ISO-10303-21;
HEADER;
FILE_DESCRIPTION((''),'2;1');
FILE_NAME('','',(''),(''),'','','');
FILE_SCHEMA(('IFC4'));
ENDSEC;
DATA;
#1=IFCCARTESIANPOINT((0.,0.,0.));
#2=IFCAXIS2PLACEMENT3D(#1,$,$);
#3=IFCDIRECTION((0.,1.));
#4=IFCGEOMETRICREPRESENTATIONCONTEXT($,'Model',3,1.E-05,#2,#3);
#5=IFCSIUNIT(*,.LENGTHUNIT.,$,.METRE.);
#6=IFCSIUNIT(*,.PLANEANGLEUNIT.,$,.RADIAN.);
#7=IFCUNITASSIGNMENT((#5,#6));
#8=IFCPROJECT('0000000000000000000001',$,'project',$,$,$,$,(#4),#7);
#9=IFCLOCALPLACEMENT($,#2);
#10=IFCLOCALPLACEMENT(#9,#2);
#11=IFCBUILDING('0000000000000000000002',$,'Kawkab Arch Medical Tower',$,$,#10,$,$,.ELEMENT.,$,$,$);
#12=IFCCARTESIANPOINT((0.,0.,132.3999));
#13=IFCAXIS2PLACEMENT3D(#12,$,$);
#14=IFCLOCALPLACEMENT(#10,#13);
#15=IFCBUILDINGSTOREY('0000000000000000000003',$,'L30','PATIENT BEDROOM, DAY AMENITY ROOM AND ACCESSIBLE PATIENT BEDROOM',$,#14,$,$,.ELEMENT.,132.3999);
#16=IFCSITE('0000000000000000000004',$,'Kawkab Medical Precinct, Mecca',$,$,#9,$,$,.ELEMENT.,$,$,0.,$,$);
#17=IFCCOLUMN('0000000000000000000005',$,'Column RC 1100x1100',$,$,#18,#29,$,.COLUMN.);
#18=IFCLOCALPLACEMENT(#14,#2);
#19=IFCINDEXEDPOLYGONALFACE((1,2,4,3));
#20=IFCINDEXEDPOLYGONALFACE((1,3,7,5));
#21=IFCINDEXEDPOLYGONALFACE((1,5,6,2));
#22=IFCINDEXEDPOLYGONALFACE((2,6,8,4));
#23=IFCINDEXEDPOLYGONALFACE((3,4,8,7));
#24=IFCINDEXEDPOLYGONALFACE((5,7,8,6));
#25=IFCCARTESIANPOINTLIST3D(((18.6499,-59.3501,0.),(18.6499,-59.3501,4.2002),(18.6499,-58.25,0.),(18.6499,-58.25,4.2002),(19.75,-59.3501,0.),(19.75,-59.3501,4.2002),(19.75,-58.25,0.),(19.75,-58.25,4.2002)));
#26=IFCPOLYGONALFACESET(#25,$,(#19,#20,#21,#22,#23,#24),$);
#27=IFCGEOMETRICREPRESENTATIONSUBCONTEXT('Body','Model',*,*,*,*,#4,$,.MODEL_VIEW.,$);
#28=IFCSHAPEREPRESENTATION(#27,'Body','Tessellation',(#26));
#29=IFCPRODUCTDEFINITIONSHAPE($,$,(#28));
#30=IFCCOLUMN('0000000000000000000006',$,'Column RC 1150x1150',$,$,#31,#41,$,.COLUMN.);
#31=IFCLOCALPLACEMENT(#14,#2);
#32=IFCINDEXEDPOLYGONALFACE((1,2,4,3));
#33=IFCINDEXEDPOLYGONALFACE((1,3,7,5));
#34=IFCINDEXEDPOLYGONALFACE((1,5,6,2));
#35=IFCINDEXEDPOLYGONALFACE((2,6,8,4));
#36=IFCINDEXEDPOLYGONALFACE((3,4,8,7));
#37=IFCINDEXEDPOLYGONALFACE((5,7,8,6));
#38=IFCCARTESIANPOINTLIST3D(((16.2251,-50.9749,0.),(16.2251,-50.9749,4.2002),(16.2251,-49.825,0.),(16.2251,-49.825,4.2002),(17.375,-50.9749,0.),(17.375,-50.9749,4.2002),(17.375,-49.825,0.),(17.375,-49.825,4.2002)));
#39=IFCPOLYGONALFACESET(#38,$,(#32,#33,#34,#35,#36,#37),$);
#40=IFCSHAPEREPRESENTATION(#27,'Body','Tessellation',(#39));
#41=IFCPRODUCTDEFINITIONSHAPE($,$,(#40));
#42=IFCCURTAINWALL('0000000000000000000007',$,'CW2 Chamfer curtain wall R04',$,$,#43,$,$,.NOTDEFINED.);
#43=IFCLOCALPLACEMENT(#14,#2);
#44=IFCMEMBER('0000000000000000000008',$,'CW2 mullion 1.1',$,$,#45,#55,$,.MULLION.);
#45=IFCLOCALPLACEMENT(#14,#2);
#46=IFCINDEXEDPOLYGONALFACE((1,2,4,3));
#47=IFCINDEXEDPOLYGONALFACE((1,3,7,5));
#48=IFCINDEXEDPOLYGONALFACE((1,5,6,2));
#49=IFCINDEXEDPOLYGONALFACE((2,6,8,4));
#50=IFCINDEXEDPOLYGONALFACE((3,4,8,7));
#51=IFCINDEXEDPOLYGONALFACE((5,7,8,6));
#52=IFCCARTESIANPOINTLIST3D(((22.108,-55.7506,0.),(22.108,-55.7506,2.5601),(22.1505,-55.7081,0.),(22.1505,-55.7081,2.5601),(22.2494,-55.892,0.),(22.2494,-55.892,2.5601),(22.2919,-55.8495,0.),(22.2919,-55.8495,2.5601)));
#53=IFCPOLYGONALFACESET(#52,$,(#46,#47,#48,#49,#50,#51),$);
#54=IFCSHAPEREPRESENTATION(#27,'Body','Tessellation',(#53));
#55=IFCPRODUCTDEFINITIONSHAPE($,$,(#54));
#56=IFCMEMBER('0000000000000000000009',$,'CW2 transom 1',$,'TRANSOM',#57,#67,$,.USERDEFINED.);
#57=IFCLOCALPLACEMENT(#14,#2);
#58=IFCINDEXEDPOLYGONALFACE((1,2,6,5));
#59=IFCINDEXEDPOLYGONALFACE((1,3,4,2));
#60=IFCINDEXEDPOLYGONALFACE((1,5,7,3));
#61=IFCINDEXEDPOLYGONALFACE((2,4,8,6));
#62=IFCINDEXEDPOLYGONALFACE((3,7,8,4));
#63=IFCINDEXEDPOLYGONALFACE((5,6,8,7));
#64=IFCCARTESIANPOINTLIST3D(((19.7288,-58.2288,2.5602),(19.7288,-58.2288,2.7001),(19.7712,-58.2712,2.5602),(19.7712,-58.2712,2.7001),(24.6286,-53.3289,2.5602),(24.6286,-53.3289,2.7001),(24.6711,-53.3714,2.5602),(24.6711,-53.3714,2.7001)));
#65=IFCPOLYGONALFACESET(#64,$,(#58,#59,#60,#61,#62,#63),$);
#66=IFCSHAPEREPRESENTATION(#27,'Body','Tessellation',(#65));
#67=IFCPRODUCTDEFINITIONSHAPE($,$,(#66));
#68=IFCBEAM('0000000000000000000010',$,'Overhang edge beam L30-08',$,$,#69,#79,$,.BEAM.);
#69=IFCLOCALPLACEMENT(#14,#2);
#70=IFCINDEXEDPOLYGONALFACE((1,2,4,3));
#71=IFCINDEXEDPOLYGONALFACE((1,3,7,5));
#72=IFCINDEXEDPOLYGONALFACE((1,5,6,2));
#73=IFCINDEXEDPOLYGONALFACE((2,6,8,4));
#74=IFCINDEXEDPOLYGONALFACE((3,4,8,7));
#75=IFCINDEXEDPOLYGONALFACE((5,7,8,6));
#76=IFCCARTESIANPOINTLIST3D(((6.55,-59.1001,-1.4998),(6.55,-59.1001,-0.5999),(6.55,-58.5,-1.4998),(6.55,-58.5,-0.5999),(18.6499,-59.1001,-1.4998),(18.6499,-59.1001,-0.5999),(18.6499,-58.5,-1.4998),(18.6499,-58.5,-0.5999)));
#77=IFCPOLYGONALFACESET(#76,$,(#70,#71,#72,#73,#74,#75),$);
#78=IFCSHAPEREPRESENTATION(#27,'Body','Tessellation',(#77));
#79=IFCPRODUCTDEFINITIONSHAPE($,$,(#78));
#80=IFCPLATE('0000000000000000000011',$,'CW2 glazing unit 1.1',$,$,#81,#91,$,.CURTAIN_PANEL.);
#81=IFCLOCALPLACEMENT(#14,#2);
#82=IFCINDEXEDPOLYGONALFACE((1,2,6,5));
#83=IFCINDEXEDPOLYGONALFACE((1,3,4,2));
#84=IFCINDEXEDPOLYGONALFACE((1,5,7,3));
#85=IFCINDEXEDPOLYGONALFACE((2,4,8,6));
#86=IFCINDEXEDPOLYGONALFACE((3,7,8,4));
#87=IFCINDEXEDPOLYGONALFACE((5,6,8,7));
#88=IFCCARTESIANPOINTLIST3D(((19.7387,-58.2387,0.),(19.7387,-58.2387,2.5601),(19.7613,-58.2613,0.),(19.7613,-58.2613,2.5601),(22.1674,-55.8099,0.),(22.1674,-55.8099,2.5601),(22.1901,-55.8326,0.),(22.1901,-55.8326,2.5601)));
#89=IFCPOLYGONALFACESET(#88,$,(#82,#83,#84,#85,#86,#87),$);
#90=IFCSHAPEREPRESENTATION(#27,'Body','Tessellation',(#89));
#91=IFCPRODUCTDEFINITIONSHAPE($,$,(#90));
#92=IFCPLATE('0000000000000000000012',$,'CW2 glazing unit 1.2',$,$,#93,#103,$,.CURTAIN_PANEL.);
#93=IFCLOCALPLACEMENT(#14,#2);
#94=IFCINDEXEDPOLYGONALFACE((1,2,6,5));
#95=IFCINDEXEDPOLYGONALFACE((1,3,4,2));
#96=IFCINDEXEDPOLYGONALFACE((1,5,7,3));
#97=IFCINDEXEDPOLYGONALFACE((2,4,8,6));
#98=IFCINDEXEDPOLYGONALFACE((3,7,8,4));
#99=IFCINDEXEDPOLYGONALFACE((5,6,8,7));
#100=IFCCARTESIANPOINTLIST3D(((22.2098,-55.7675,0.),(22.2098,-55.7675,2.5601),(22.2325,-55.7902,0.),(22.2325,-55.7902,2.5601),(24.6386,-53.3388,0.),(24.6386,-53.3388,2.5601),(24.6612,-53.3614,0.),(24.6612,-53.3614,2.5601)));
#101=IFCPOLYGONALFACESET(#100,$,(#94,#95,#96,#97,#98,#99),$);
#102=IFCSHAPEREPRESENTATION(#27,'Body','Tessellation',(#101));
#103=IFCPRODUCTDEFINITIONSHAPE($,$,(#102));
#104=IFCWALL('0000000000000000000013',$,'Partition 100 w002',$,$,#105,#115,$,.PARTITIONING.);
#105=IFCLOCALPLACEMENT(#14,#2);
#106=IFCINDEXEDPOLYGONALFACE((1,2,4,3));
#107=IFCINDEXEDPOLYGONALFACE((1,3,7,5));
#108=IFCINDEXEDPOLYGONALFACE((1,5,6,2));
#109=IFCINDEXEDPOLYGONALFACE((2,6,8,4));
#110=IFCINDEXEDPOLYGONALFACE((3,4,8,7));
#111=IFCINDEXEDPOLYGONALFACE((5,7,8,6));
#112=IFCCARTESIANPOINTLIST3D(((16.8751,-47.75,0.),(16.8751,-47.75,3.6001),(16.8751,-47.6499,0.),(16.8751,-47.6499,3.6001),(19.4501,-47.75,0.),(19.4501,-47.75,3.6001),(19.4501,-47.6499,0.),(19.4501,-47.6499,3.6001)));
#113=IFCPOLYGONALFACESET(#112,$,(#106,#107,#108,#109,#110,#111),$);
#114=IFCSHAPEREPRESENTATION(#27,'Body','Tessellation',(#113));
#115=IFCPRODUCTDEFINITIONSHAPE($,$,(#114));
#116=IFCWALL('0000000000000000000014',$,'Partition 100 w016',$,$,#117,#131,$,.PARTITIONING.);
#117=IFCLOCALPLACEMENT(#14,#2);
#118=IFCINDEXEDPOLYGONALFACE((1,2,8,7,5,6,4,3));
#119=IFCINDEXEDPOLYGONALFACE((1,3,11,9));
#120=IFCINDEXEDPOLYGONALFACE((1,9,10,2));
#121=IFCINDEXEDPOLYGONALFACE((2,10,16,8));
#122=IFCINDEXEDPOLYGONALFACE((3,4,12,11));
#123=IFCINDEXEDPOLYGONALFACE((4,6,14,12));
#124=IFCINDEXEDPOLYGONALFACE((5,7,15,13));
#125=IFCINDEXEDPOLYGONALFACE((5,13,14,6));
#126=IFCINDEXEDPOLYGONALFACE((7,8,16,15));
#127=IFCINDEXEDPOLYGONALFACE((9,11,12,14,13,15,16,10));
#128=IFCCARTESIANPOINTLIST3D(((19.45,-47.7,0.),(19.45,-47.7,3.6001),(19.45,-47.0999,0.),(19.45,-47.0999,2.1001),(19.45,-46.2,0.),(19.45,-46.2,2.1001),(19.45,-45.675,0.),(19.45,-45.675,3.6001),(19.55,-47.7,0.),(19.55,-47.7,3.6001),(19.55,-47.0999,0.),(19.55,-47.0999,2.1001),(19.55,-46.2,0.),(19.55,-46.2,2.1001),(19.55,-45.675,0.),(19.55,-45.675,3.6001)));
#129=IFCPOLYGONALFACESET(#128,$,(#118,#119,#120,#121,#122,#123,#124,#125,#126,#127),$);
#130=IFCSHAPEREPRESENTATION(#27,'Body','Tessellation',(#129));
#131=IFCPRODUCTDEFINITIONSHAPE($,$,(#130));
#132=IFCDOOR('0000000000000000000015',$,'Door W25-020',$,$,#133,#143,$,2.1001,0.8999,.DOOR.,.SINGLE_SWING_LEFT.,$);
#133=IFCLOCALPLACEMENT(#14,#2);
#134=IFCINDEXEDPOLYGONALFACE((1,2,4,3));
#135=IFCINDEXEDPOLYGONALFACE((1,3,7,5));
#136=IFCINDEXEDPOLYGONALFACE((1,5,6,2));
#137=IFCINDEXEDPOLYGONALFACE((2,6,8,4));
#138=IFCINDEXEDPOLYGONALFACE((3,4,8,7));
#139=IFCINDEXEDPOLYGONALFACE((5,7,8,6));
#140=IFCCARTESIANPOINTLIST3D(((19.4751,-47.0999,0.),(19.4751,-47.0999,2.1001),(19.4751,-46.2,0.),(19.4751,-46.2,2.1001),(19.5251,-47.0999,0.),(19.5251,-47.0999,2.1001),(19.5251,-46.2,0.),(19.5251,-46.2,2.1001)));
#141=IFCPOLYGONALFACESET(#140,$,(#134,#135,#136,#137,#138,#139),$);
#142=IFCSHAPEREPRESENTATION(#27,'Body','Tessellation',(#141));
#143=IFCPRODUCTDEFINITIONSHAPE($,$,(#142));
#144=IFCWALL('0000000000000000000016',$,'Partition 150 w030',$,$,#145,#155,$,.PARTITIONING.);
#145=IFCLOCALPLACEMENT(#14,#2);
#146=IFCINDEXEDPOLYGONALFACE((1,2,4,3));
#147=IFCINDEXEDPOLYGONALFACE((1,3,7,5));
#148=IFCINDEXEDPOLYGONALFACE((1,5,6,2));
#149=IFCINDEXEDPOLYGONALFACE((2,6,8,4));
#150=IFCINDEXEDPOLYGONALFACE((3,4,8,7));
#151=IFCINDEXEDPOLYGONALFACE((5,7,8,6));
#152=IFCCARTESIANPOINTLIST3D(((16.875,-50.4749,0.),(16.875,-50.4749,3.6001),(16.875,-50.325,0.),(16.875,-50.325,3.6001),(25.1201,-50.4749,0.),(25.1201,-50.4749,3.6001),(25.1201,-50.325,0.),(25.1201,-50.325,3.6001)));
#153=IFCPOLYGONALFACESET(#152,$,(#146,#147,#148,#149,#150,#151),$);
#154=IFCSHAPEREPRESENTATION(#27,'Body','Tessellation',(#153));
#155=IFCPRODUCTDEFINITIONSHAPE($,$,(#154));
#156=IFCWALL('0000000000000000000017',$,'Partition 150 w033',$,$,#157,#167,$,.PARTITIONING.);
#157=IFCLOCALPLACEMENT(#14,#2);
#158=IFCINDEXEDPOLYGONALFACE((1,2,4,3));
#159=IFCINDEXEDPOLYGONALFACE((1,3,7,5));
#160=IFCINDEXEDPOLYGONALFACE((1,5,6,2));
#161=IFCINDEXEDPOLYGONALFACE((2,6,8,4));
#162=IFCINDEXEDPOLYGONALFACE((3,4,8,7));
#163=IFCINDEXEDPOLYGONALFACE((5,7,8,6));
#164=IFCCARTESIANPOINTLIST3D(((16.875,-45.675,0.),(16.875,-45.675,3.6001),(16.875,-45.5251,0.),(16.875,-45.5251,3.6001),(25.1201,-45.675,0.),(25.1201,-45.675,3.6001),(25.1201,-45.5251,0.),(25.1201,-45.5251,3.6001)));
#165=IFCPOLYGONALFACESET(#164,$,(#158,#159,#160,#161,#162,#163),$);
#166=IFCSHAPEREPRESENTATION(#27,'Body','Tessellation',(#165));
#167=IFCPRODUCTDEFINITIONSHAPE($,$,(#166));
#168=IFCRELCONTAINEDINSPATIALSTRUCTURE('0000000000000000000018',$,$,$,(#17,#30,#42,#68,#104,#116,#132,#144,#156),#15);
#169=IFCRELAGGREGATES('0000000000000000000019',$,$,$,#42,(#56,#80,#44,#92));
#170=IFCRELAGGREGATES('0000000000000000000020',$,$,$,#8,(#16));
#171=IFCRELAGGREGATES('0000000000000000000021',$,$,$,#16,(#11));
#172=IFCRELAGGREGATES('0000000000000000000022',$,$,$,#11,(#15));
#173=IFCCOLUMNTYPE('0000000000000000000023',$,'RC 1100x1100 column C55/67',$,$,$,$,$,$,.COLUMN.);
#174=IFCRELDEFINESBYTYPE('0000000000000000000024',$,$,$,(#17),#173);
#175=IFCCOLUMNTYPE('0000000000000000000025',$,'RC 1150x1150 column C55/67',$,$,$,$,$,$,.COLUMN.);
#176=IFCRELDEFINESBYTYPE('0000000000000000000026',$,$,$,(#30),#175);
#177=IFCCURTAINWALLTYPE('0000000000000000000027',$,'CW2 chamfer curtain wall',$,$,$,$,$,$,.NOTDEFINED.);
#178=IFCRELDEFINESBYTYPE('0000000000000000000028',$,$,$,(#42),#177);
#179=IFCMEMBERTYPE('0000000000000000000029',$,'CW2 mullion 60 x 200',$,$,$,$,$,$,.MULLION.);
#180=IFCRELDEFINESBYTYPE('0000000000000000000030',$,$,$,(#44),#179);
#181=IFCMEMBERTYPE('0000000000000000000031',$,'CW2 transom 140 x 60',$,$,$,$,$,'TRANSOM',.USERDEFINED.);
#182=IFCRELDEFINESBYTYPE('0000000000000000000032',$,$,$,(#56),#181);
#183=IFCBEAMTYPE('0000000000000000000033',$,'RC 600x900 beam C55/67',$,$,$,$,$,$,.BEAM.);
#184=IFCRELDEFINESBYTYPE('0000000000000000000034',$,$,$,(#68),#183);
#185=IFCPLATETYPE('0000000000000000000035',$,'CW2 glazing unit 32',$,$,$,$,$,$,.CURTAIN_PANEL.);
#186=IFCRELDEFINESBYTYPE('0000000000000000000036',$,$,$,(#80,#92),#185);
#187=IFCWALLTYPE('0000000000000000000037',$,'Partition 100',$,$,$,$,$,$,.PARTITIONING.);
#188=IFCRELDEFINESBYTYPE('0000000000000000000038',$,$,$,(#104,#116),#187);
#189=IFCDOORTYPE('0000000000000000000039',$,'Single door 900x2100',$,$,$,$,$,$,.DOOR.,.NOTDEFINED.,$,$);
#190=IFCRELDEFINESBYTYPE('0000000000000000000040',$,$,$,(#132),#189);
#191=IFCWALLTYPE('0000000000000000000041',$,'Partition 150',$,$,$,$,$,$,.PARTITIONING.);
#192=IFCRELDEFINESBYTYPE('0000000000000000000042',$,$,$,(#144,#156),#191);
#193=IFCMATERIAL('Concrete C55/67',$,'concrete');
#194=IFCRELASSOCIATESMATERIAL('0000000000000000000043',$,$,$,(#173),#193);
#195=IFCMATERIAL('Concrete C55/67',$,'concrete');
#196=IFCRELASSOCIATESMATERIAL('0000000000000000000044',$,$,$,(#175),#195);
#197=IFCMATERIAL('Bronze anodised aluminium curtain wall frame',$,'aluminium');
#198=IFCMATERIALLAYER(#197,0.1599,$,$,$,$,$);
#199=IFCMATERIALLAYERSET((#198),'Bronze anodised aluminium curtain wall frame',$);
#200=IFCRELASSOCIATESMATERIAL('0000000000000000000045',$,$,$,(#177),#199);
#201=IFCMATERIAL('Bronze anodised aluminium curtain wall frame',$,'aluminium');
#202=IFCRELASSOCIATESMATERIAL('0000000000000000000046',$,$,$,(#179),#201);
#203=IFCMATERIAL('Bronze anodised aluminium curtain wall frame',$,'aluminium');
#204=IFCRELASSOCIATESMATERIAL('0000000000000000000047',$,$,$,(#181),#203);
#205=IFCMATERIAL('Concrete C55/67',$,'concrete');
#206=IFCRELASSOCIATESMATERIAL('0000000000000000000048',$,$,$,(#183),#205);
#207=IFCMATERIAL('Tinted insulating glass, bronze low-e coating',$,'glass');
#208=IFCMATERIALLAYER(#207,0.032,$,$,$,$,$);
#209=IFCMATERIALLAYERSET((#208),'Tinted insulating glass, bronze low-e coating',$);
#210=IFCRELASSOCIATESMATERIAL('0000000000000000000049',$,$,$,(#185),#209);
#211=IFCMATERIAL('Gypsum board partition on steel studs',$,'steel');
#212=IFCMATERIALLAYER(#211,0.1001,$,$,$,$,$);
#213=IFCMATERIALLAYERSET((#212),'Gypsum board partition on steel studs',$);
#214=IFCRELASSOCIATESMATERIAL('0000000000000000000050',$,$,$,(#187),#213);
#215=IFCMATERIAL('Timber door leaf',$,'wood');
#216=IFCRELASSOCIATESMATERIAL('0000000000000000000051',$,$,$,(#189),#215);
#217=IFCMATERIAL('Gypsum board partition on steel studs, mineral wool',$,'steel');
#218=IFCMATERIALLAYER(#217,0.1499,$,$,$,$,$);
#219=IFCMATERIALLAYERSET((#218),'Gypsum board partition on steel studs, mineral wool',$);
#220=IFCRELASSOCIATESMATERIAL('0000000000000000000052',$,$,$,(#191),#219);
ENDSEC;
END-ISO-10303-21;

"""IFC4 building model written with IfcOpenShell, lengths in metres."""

from ifc_helpers import new_model, si_unit, direction, frame, frame_2d, origin, origin_2d, place, context, subcontext, project, spatial, rectangle, extrude, material, layer, layer_set, material_profile, profile_set, type_object, element, fill, aggregate, save


model = new_model("IFC4")

# Units and contexts
model_context = context("Model", 3, precision=1e-05, world=origin(), true_north=direction((0.0, 1.0)))
body_context = subcontext(model_context, "Body", "Model", "MODEL_VIEW")
ifc_project = project(units=[si_unit("LENGTHUNIT", "METRE"), si_unit("PLANEANGLEUNIT", "RADIAN")], contexts=[model_context])

# Site, building, storey
site_placement = place(None, origin())
site = spatial("IfcSite", under=ifc_project, at=site_placement, Name="Kawkab Medical Precinct, Mecca", CompositionType="ELEMENT", RefElevation=0.0)
building_placement = place(site_placement, origin())
building = spatial("IfcBuilding", under=site, at=building_placement, Name="Kawkab Arch Medical Tower", CompositionType="ELEMENT")
storey_placement = place(building_placement, frame((0.0, 0.0, 132.3999)))
storey = spatial("IfcBuildingStorey", under=building, at=storey_placement, Name="L30", Description="PATIENT BEDROOM, DAY AMENITY ROOM AND ACCESSIBLE PATIENT BEDROOM", CompositionType="ELEMENT", Elevation=132.3999)

# Columns
ifc_material_1 = material(Name="Concrete C55/67", Category="concrete")
ifc_material_profile_1 = material_profile(ifc_material_1, rectangle(XDim=1.1001, YDim=1.1001, at=origin_2d()), Name="RC 1100x1100")
ifc_profile_set_1 = profile_set([ifc_material_profile_1], Name="Concrete C55/67")
column_type_1 = type_object("IfcColumnType", Name="RC 1100x1100 column C55/67", PredefinedType="COLUMN", material=ifc_profile_set_1)
column_1_placement = place(storey_placement, frame((19.2, -58.8, 0.0), z_axis=(0.0, 0.0, 1.0), x_axis=(1.0, 0.0, 0.0)))
element("IfcColumn", 1, at=column_1_placement, inside=storey, type_object=column_type_1, Name="Column RC 1100x1100", PredefinedType="COLUMN", context=body_context, shape_type="SweptSolid", body=[
    extrude(rectangle(XDim=1.1001, YDim=1.1001, at=origin_2d()), origin(), (0.0, 0.0, 1.0), 4.2002),
])
ifc_material_2 = material(Name="Concrete C55/67", Category="concrete")
ifc_material_profile_2 = material_profile(ifc_material_2, rectangle(XDim=1.1499, YDim=1.1499, at=origin_2d()), Name="RC 1150x1150")
ifc_profile_set_2 = profile_set([ifc_material_profile_2], Name="Concrete C55/67")
column_type_2 = type_object("IfcColumnType", Name="RC 1150x1150 column C55/67", PredefinedType="COLUMN", material=ifc_profile_set_2)
column_2_placement = place(storey_placement, frame((16.8, -50.3999, 0.0), z_axis=(0.0, 0.0, 1.0), x_axis=(1.0, 0.0, 0.0)))
element("IfcColumn", 2, at=column_2_placement, inside=storey, type_object=column_type_2, Name="Column RC 1150x1150", PredefinedType="COLUMN", context=body_context, shape_type="SweptSolid", body=[
    extrude(rectangle(XDim=1.1499, YDim=1.1499, at=origin_2d()), origin(), (0.0, 0.0, 1.0), 4.2002),
])

# Curtain wall, members
ifc_material_3 = material(Name="Bronze anodised aluminium curtain wall frame", Category="aluminium")
ifc_layer_1 = layer(ifc_material_3, 0.1599)
ifc_layer_set_1 = layer_set([ifc_layer_1], Name="Bronze anodised aluminium curtain wall frame")
curtain_wall_type = type_object("IfcCurtainWallType", Name="CW2 chamfer curtain wall", PredefinedType="NOTDEFINED", material=ifc_layer_set_1)
curtain_wall_placement = place(storey_placement, origin())
curtain_wall = element("IfcCurtainWall", 3, at=curtain_wall_placement, inside=storey, type_object=curtain_wall_type, Name="CW2 Chamfer curtain wall R04", PredefinedType="NOTDEFINED")
ifc_material_4 = material(Name="Bronze anodised aluminium curtain wall frame", Category="aluminium")
ifc_material_profile_3 = material_profile(ifc_material_4, rectangle(XDim=0.2, YDim=0.0601, at=origin_2d()), Name="AL 60x200")
ifc_profile_set_3 = profile_set([ifc_material_profile_3], Name="Bronze anodised aluminium curtain wall frame")
member_type_1 = type_object("IfcMemberType", Name="CW2 mullion 60 x 200", PredefinedType="MULLION", material=ifc_profile_set_3)
member_1_placement = place(storey_placement, frame((22.2, -55.8, 0.0), z_axis=(0.0, 0.0, 1.0), x_axis=(-0.707107, 0.707107, 0.0)))
member_1 = element("IfcMember", 4, at=member_1_placement, type_object=member_type_1, Name="CW2 mullion 1.1", PredefinedType="MULLION", context=body_context, shape_type="SweptSolid", body=[
    extrude(rectangle(XDim=0.2, YDim=0.0601, at=origin_2d()), origin(), (0.0, 0.0, 1.0), 2.5601),
])
ifc_material_5 = material(Name="Bronze anodised aluminium curtain wall frame", Category="aluminium")
ifc_material_profile_4 = material_profile(ifc_material_5, rectangle(XDim=0.0601, YDim=0.1399, at=origin_2d()), Name="AL 60x140")
ifc_profile_set_4 = profile_set([ifc_material_profile_4], Name="Bronze anodised aluminium curtain wall frame")
member_type_2 = type_object("IfcMemberType", Name="CW2 transom 140 x 60", ElementType="TRANSOM", PredefinedType="USERDEFINED", material=ifc_profile_set_4)
member_2_placement = place(storey_placement, frame((19.75, -58.25, 2.6301), z_axis=(0.707107, 0.707107, 0.0), x_axis=(-0.707107, 0.707107, 0.0)))
member_2 = element("IfcMember", 5, at=member_2_placement, type_object=member_type_2, Name="CW2 transom 1", ObjectType="TRANSOM", PredefinedType="USERDEFINED", context=body_context, shape_type="SweptSolid", body=[
    extrude(rectangle(XDim=0.0601, YDim=0.1399, at=origin_2d()), origin(), (0.0, 0.0, 1.0), 6.9294),
])

# Beam
ifc_material_6 = material(Name="Concrete C55/67", Category="concrete")
ifc_material_profile_5 = material_profile(ifc_material_6, rectangle(XDim=0.6001, YDim=0.8999, at=origin_2d()), Name="RC 600x900")
ifc_profile_set_5 = profile_set([ifc_material_profile_5], Name="Concrete C55/67")
beam_type = type_object("IfcBeamType", Name="RC 600x900 beam C55/67", PredefinedType="BEAM", material=ifc_profile_set_5)
beam_placement = place(storey_placement, frame((18.6499, -58.8, -1.0498), z_axis=(-1.0, 0.0, 0.0), x_axis=(0.0, -1.0, 0.0)))
element("IfcBeam", 6, at=beam_placement, inside=storey, type_object=beam_type, Name="Overhang edge beam L30-08", PredefinedType="BEAM", context=body_context, shape_type="SweptSolid", body=[
    extrude(rectangle(XDim=0.6001, YDim=0.8999, at=origin_2d()), origin(), (0.0, 0.0, 1.0), 12.0999),
])

# Plates
ifc_material_7 = material(Name="Tinted insulating glass, bronze low-e coating", Category="glass")
ifc_layer_2 = layer(ifc_material_7, 0.032)
ifc_layer_set_2 = layer_set([ifc_layer_2], Name="Tinted insulating glass, bronze low-e coating")
plate_type = type_object("IfcPlateType", Name="CW2 glazing unit 32", PredefinedType="CURTAIN_PANEL", material=ifc_layer_set_2)
plate_1_placement = place(storey_placement, frame((20.9644, -57.0356, 0.0), z_axis=(0.0, 0.0, 1.0), x_axis=(0.707107, 0.707107, 0.0)))
plate_1 = element("IfcPlate", 7, at=plate_1_placement, type_object=plate_type, Name="CW2 glazing unit 1.1", PredefinedType="CURTAIN_PANEL", context=body_context, shape_type="SweptSolid", body=[
    extrude(rectangle(XDim=3.4348, YDim=0.032, at=origin_2d()), origin(), (0.0, 0.0, 1.0), 2.5601),
])
plate_2_placement = place(storey_placement, frame((23.4355, -54.5645, 0.0), z_axis=(0.0, 0.0, 1.0), x_axis=(0.707107, 0.707107, 0.0)))
plate_2 = element("IfcPlate", 8, at=plate_2_placement, type_object=plate_type, Name="CW2 glazing unit 1.2", PredefinedType="CURTAIN_PANEL", context=body_context, shape_type="SweptSolid", body=[
    extrude(rectangle(XDim=3.4348, YDim=0.032, at=origin_2d()), origin(), (0.0, 0.0, 1.0), 2.5601),
])
aggregate(curtain_wall, [member_2, plate_1, member_1, plate_2])

# Wall
ifc_material_8 = material(Name="Gypsum board partition on steel studs", Category="steel")
ifc_layer_3 = layer(ifc_material_8, 0.1001)
ifc_layer_set_3 = layer_set([ifc_layer_3], Name="Gypsum board partition on steel studs")
wall_type_1 = type_object("IfcWallType", Name="Partition 100", PredefinedType="PARTITIONING", material=ifc_layer_set_3)
wall_1_placement = place(storey_placement, frame((16.875, -47.7, 0.0), z_axis=(0.0, 0.0, 1.0), x_axis=(1.0, 0.0, 0.0)))
element("IfcWall", 9, at=wall_1_placement, inside=storey, type_object=wall_type_1, Name="Partition 100 w002", PredefinedType="PARTITIONING", context=body_context, shape_type="SweptSolid", body=[
    extrude(rectangle(XDim=2.575, YDim=0.1001, at=frame_2d((1.2876, 0.0))), origin(), (0.0, 0.0, 1.0), 3.6001),
])

# Wall, opening, door
wall_2_placement = place(storey_placement, frame((19.5, -47.7, 0.0), z_axis=(0.0, 0.0, 1.0), x_axis=(0.0, 1.0, 0.0)))
wall_2 = element("IfcWall", 10, at=wall_2_placement, inside=storey, type_object=wall_type_1, Name="Partition 100 w016", PredefinedType="PARTITIONING", context=body_context, shape_type="SweptSolid", body=[
    extrude(rectangle(XDim=2.0249, YDim=0.1001, at=frame_2d((1.0125, 0.0))), origin(), (0.0, 0.0, 1.0), 3.6001),
])
opening_placement = place(wall_2_placement, frame((0.6001, 0.0, 0.0)))
opening = element("IfcOpeningElement", 11, at=opening_placement, cuts=wall_2, PredefinedType="OPENING", context=body_context, shape_type="SweptSolid", body=[
    extrude(rectangle(XDim=0.8999, YDim=2.1001, at=frame_2d((0.45, 1.05))), frame((0.0, 0.0601, 0.0), z_axis=(0.0, -1.0, 0.0), x_axis=(1.0, 0.0, 0.0)), (0.0, 0.0, 1.0), 0.1201),
])
ifc_material_9 = material(Name="Timber door leaf", Category="wood")
door_type = type_object("IfcDoorType", Name="Single door 900x2100", OperationType="NOTDEFINED", PredefinedType="DOOR", material=ifc_material_9)
door_placement = place(opening_placement, origin())
door = element("IfcDoor", 12, at=door_placement, inside=storey, type_object=door_type, Name="Door W25-020", OperationType="SINGLE_SWING_LEFT", OverallHeight=2.1001, OverallWidth=0.8999, PredefinedType="DOOR", context=body_context, shape_type="SweptSolid", body=[
    extrude(rectangle(XDim=0.8999, YDim=2.1001, at=frame_2d((0.45, 1.05))), frame((0.0, 0.0249, 0.0), z_axis=(0.0, -1.0, 0.0), x_axis=(1.0, 0.0, 0.0)), (0.0, 0.0, 1.0), 0.05),
])
fill(opening, door)

# Walls
ifc_material_10 = material(Name="Gypsum board partition on steel studs, mineral wool", Category="steel")
ifc_layer_4 = layer(ifc_material_10, 0.1499)
ifc_layer_set_4 = layer_set([ifc_layer_4], Name="Gypsum board partition on steel studs, mineral wool")
wall_type_2 = type_object("IfcWallType", Name="Partition 150", PredefinedType="PARTITIONING", material=ifc_layer_set_4)
for number, where, z_axis, x_axis, name in (
    (13, (16.875, -50.3999, 0.0), (0.0, 0.0, 1.0), (1.0, 0.0, 0.0), "Partition 150 w030"),
    (14, (16.875, -45.6001, 0.0), (0.0, 0.0, 1.0), (1.0, 0.0, 0.0), "Partition 150 w033"),
):
    element("IfcWall", number, at=place(storey_placement, frame(where, z_axis=z_axis, x_axis=x_axis)), inside=storey, type_object=wall_type_2, Name=name, PredefinedType="PARTITIONING", context=body_context, shape_type="SweptSolid", body=[
        extrude(rectangle(XDim=8.2451, YDim=0.1499, at=frame_2d((4.1226, 0.0))), origin(), (0.0, 0.0, 1.0), 3.6001),
    ])

save(model, "model.ifc")
